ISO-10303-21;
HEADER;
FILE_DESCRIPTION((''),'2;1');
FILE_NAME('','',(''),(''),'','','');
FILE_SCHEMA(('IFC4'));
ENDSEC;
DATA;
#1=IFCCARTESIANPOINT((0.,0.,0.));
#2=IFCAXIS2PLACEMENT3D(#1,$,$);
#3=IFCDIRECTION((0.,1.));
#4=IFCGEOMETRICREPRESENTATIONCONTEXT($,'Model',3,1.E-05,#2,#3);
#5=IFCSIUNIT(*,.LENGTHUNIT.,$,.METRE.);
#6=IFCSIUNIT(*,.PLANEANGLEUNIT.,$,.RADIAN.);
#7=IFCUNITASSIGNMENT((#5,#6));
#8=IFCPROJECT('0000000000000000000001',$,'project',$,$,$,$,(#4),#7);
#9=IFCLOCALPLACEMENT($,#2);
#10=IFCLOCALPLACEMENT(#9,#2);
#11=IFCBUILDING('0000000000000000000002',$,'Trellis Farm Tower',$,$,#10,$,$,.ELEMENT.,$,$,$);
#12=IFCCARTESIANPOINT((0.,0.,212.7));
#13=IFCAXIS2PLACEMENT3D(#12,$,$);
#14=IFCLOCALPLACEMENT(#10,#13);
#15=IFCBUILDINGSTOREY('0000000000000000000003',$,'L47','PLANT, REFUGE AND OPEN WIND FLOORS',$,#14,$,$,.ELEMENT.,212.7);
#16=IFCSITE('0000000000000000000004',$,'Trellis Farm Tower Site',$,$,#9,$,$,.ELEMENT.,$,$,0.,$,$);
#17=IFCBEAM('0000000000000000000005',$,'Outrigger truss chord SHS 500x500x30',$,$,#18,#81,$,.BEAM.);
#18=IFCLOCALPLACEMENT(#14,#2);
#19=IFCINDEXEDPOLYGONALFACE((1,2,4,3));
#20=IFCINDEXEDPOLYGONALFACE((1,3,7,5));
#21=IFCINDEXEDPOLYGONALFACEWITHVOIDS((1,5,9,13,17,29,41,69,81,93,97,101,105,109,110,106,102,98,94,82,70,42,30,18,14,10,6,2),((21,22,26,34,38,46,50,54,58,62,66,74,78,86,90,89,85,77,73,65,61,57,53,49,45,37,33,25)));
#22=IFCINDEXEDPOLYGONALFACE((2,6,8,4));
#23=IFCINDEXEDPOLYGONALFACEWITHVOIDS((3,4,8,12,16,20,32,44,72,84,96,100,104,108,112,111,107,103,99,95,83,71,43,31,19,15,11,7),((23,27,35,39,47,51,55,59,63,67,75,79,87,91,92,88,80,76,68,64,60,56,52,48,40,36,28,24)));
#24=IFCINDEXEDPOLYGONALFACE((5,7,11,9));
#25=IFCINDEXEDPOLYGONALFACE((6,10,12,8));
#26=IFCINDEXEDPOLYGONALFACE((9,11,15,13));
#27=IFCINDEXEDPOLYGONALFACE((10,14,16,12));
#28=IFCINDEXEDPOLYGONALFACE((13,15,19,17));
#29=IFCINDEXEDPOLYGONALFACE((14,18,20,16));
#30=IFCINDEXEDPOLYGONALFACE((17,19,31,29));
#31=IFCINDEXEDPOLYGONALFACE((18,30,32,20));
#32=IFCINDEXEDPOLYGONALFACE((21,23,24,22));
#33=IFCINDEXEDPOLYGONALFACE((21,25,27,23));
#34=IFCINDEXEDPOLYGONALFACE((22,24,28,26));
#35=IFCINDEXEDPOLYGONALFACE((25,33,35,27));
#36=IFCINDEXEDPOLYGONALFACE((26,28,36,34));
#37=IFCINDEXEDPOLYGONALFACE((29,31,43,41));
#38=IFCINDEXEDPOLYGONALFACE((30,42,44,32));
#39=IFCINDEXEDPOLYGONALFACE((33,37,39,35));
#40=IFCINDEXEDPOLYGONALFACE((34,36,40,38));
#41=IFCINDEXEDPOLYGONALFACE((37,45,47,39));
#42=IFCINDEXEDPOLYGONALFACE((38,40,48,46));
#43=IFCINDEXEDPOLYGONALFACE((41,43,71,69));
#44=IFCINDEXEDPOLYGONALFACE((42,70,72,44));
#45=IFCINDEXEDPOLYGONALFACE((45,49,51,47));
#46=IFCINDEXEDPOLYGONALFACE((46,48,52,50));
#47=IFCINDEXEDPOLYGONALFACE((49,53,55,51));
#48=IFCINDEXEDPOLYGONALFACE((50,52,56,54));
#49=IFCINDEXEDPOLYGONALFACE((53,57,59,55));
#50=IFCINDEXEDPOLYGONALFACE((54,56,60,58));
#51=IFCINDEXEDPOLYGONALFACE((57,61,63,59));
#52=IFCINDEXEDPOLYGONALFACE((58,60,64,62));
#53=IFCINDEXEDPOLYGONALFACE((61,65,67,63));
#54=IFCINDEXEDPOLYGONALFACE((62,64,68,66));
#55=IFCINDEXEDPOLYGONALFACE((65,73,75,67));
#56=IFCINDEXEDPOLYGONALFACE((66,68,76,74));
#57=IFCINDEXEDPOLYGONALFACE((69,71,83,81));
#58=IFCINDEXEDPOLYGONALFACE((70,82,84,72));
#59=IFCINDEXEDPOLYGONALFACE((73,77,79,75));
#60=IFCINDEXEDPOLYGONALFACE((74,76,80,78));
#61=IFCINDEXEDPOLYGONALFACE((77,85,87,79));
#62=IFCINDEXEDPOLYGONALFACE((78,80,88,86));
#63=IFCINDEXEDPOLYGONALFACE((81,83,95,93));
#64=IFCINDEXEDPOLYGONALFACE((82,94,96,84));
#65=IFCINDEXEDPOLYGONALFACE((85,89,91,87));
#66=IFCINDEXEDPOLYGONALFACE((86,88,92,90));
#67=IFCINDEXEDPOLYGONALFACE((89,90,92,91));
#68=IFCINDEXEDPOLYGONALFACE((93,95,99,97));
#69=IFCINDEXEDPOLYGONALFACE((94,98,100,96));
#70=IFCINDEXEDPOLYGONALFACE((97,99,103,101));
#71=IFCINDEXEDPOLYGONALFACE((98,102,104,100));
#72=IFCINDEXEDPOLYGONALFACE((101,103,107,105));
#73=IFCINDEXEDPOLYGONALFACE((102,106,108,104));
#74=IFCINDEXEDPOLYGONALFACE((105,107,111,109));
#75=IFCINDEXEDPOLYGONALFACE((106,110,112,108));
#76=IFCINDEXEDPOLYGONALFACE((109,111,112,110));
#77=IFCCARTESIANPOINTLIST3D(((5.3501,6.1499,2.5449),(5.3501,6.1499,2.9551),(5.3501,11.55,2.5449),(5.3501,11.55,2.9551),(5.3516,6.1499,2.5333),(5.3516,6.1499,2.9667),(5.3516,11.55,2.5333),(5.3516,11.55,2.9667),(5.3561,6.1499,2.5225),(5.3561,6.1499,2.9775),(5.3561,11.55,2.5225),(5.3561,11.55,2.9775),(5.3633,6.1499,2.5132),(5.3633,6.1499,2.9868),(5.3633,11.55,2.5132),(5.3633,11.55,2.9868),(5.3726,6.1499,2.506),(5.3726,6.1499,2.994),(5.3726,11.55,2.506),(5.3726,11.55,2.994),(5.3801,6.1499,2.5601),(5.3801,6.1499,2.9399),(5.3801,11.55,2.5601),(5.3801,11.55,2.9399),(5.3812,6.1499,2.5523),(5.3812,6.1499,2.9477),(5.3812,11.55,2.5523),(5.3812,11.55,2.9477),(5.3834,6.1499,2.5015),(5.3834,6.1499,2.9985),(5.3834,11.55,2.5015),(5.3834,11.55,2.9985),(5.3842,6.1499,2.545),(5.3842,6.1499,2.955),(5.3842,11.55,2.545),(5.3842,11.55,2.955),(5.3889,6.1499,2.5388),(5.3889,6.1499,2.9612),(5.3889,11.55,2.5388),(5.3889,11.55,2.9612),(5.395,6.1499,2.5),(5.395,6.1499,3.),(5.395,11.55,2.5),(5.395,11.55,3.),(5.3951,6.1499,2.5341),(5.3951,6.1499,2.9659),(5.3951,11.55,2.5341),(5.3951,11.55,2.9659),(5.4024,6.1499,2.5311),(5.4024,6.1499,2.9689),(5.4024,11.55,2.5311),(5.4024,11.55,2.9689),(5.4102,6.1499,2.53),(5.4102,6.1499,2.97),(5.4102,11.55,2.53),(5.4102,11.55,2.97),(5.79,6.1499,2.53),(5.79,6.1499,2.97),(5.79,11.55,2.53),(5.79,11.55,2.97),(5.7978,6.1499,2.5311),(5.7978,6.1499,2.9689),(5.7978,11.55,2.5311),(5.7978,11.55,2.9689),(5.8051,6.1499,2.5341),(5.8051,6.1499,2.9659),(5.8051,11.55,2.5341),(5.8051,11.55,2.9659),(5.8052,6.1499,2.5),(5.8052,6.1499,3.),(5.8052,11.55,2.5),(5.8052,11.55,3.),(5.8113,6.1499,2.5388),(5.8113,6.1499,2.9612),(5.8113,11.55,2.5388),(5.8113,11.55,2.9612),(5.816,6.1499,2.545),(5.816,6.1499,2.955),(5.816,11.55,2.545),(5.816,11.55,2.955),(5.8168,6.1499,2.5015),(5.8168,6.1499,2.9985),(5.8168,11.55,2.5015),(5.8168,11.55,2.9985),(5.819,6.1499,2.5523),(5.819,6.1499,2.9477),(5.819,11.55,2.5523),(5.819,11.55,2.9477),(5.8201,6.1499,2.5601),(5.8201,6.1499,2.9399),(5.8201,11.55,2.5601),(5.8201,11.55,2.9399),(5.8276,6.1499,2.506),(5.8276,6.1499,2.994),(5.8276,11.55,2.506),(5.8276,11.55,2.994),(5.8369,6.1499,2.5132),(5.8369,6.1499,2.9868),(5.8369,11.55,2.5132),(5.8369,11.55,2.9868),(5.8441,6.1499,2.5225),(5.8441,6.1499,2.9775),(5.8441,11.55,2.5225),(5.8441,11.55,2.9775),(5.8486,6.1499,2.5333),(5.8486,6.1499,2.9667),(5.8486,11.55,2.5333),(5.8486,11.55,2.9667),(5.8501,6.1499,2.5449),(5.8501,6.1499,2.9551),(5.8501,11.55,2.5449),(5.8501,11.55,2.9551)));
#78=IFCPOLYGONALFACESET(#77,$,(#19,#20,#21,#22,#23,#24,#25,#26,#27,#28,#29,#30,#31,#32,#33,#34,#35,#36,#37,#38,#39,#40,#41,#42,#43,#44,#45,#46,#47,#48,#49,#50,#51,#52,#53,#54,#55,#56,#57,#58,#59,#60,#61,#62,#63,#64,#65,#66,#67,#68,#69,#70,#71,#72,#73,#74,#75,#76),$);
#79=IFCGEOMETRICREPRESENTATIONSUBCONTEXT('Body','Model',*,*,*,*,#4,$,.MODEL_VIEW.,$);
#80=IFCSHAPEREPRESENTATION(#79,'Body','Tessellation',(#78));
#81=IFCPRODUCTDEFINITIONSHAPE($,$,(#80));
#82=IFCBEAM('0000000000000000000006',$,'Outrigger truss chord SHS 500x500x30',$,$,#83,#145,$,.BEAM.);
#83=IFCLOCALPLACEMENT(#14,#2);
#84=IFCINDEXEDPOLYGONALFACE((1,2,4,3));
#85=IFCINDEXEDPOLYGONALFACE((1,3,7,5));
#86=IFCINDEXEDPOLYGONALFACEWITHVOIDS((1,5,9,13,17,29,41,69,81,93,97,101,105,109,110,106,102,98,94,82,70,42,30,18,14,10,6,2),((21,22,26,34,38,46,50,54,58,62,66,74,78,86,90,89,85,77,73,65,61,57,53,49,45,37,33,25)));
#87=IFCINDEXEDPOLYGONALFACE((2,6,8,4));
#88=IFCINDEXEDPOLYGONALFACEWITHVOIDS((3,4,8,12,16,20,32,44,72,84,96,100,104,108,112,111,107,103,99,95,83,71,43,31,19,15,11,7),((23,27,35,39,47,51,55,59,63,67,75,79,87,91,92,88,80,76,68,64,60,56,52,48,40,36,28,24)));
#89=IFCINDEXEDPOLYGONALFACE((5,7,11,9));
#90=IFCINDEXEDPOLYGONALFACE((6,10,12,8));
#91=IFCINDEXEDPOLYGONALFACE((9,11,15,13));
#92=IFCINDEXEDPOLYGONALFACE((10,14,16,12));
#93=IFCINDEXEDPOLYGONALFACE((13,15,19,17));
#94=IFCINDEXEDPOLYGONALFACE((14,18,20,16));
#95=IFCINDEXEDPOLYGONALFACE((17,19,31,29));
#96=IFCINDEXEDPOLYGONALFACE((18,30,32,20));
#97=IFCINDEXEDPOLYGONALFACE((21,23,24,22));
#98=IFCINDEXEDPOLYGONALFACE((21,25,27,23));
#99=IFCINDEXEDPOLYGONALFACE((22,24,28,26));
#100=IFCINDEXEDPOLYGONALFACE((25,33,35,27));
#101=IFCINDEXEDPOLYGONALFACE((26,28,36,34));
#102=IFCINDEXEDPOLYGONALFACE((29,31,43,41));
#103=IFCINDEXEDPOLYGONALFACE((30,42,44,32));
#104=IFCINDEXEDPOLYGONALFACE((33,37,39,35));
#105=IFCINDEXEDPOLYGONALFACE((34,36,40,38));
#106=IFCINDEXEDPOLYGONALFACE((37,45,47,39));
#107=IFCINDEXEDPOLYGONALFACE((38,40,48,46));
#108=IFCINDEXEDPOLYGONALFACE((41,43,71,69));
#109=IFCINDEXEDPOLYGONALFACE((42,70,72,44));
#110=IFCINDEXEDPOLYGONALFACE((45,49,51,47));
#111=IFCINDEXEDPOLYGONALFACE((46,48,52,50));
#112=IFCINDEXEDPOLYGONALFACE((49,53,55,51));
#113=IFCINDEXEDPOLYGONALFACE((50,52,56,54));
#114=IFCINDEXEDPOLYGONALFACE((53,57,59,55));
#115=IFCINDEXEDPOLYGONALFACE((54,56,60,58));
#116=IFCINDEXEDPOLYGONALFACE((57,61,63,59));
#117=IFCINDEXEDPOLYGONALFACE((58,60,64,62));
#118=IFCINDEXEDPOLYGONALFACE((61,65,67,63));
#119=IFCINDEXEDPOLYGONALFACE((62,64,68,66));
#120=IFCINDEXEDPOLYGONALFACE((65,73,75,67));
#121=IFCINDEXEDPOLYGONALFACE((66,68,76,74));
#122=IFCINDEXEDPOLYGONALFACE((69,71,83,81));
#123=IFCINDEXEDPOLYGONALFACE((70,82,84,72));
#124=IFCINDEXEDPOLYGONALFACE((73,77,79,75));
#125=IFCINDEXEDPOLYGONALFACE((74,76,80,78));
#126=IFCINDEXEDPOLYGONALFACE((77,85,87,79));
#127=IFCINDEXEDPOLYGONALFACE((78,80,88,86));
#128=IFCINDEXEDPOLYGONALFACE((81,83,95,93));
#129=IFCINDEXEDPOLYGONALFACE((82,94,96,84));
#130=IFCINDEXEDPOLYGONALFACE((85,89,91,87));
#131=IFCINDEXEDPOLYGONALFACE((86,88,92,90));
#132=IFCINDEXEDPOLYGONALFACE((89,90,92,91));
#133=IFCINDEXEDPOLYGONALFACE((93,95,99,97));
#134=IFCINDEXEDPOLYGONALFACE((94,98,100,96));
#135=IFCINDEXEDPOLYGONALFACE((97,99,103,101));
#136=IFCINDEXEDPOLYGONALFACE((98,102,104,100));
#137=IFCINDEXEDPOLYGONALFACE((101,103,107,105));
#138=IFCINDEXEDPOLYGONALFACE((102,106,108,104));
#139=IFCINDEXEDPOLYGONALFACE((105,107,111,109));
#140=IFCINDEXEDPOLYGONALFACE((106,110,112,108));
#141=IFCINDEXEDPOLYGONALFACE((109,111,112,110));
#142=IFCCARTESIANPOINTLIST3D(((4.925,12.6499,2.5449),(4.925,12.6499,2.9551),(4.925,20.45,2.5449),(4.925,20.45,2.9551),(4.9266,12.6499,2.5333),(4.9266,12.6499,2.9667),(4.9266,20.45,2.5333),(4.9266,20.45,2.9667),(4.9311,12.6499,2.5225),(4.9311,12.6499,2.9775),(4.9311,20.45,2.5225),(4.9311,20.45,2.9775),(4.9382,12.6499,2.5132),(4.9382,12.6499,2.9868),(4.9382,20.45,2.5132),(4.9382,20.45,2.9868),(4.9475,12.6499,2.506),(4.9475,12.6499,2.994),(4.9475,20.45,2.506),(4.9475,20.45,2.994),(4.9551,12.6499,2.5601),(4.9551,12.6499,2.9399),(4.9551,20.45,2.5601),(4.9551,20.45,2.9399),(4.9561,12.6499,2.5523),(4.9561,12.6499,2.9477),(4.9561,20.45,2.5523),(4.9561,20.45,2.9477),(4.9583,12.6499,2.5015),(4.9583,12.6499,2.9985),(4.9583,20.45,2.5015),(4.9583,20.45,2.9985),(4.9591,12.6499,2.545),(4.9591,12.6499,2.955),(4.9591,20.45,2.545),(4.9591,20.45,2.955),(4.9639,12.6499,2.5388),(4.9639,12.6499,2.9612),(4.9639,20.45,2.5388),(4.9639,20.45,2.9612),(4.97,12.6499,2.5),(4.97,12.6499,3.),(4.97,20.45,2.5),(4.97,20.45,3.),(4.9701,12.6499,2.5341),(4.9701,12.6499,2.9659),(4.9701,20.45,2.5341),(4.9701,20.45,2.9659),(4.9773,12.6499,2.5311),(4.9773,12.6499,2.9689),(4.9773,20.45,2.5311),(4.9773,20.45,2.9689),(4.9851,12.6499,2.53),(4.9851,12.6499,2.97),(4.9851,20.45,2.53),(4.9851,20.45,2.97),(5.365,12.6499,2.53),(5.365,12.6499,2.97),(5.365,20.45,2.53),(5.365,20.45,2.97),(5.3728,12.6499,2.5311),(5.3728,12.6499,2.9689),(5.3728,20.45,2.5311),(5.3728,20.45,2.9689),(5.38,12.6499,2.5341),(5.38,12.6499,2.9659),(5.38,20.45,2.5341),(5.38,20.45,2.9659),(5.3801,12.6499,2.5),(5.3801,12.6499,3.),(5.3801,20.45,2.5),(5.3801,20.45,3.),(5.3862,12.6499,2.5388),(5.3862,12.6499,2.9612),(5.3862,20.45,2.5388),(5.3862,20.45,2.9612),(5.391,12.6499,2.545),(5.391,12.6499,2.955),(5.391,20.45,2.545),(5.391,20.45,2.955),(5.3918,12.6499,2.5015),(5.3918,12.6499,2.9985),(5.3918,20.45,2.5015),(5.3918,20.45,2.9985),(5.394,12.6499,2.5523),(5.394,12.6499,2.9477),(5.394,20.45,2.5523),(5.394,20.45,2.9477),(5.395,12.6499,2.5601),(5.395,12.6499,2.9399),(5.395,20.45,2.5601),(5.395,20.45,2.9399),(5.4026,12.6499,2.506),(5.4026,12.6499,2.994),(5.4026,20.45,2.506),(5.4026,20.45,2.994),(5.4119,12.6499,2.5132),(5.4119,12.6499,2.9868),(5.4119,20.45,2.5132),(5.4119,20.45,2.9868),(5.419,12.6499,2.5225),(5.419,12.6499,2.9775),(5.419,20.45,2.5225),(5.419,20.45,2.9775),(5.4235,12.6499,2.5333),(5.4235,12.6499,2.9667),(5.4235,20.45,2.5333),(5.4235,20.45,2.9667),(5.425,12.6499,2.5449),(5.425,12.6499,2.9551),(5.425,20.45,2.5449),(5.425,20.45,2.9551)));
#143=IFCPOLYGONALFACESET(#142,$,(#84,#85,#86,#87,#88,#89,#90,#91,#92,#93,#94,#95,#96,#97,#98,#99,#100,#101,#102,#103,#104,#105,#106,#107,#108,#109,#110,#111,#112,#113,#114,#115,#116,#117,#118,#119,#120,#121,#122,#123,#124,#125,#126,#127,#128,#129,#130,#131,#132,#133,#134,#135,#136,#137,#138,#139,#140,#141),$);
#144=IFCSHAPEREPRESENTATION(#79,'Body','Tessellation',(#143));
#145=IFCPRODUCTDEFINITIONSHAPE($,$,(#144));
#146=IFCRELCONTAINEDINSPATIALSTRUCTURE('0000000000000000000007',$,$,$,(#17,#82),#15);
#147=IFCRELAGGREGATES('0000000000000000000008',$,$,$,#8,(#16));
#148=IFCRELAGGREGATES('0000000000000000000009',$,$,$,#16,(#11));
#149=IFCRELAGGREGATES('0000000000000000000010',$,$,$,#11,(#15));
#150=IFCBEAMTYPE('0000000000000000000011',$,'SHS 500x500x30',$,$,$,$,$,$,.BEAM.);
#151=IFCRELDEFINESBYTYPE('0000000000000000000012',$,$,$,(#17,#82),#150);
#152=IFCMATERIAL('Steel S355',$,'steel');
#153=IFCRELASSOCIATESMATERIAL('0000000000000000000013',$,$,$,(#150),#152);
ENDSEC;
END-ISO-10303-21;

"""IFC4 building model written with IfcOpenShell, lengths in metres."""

from ifc_helpers import new_model, si_unit, direction, frame, origin, origin_2d, place, context, subcontext, project, spatial, hollow_rectangle, extrude, source, transform, mapped, material, material_profile, profile_set, type_object, element, save


model = new_model("IFC4")

# Units and contexts
model_context = context("Model", 3, precision=1e-05, world=origin(), true_north=direction((0.0, 1.0)))
body_context = subcontext(model_context, "Body", "Model", "MODEL_VIEW")
ifc_project = project(units=[si_unit("LENGTHUNIT", "METRE"), si_unit("PLANEANGLEUNIT", "RADIAN")], contexts=[model_context])

# Site, building, storey
site_placement = place(None, origin())
site = spatial("IfcSite", under=ifc_project, at=site_placement, Name="Trellis Farm Tower Site", CompositionType="ELEMENT", RefElevation=0.0)
building_placement = place(site_placement, origin())
building = spatial("IfcBuilding", under=site, at=building_placement, Name="Trellis Farm Tower", CompositionType="ELEMENT")
storey_placement = place(building_placement, frame((0.0, 0.0, 212.7)))
storey = spatial("IfcBuildingStorey", under=building, at=storey_placement, Name="L47", Description="PLANT, REFUGE AND OPEN WIND FLOORS", CompositionType="ELEMENT", Elevation=212.7)

# Beams
ifc_material_1 = material(Name="Steel S355", Category="steel")
ifc_material_profile_1 = material_profile(ifc_material_1, hollow_rectangle(XDim=0.5, YDim=0.5, WallThickness=0.03, InnerFilletRadius=0.03, OuterFilletRadius=0.0449, at=origin_2d()), Name="SHS 500x500x30")
ifc_profile_set_1 = profile_set([ifc_material_profile_1], Name="Steel S355")
beam_type_1 = type_object("IfcBeamType", Name="SHS 500x500x30", PredefinedType="BEAM", material=ifc_profile_set_1)
shared_shape_1 = source(origin(), body_context, "Body", "SweptSolid", [
    extrude(hollow_rectangle(XDim=0.5, YDim=0.5, WallThickness=0.03, InnerFilletRadius=0.03, OuterFilletRadius=0.0449, at=origin_2d()), origin(), (0.0, 0.0, 1.0), 5.4001),
])
for number, where, z_axis, x_axis, name in (
    (1, (5.6001, 6.1499, 2.75), (0.0, 1.0, 0.0), (-1.0, 0.0, 0.0), "Outrigger truss chord SHS 500x500x30"),
):
    element("IfcBeam", number, at=place(storey_placement, frame(where, z_axis=z_axis, x_axis=x_axis)), inside=storey, type_object=beam_type_1, Name=name, PredefinedType="BEAM", context=body_context, shape_type="MappedRepresentation", body=[
        mapped(shared_shape_1, transform((0.0, 0.0, 0.0))),
    ])
shared_shape_2 = source(origin(), body_context, "Body", "SweptSolid", [
    extrude(hollow_rectangle(XDim=0.5, YDim=0.5, WallThickness=0.03, InnerFilletRadius=0.03, OuterFilletRadius=0.0449, at=origin_2d()), origin(), (0.0, 0.0, 1.0), 7.8),
])
beam_1_placement = place(storey_placement, frame((5.175, 12.6499, 2.75), z_axis=(0.0, 1.0, 0.0), x_axis=(-1.0, 0.0, 0.0)))
element("IfcBeam", 2, at=beam_1_placement, inside=storey, type_object=beam_type_1, Name="Outrigger truss chord SHS 500x500x30", PredefinedType="BEAM", context=body_context, shape_type="MappedRepresentation", body=[
    mapped(shared_shape_2, transform((0.0, 0.0, 0.0))),
])

save(model, "model.ifc")
